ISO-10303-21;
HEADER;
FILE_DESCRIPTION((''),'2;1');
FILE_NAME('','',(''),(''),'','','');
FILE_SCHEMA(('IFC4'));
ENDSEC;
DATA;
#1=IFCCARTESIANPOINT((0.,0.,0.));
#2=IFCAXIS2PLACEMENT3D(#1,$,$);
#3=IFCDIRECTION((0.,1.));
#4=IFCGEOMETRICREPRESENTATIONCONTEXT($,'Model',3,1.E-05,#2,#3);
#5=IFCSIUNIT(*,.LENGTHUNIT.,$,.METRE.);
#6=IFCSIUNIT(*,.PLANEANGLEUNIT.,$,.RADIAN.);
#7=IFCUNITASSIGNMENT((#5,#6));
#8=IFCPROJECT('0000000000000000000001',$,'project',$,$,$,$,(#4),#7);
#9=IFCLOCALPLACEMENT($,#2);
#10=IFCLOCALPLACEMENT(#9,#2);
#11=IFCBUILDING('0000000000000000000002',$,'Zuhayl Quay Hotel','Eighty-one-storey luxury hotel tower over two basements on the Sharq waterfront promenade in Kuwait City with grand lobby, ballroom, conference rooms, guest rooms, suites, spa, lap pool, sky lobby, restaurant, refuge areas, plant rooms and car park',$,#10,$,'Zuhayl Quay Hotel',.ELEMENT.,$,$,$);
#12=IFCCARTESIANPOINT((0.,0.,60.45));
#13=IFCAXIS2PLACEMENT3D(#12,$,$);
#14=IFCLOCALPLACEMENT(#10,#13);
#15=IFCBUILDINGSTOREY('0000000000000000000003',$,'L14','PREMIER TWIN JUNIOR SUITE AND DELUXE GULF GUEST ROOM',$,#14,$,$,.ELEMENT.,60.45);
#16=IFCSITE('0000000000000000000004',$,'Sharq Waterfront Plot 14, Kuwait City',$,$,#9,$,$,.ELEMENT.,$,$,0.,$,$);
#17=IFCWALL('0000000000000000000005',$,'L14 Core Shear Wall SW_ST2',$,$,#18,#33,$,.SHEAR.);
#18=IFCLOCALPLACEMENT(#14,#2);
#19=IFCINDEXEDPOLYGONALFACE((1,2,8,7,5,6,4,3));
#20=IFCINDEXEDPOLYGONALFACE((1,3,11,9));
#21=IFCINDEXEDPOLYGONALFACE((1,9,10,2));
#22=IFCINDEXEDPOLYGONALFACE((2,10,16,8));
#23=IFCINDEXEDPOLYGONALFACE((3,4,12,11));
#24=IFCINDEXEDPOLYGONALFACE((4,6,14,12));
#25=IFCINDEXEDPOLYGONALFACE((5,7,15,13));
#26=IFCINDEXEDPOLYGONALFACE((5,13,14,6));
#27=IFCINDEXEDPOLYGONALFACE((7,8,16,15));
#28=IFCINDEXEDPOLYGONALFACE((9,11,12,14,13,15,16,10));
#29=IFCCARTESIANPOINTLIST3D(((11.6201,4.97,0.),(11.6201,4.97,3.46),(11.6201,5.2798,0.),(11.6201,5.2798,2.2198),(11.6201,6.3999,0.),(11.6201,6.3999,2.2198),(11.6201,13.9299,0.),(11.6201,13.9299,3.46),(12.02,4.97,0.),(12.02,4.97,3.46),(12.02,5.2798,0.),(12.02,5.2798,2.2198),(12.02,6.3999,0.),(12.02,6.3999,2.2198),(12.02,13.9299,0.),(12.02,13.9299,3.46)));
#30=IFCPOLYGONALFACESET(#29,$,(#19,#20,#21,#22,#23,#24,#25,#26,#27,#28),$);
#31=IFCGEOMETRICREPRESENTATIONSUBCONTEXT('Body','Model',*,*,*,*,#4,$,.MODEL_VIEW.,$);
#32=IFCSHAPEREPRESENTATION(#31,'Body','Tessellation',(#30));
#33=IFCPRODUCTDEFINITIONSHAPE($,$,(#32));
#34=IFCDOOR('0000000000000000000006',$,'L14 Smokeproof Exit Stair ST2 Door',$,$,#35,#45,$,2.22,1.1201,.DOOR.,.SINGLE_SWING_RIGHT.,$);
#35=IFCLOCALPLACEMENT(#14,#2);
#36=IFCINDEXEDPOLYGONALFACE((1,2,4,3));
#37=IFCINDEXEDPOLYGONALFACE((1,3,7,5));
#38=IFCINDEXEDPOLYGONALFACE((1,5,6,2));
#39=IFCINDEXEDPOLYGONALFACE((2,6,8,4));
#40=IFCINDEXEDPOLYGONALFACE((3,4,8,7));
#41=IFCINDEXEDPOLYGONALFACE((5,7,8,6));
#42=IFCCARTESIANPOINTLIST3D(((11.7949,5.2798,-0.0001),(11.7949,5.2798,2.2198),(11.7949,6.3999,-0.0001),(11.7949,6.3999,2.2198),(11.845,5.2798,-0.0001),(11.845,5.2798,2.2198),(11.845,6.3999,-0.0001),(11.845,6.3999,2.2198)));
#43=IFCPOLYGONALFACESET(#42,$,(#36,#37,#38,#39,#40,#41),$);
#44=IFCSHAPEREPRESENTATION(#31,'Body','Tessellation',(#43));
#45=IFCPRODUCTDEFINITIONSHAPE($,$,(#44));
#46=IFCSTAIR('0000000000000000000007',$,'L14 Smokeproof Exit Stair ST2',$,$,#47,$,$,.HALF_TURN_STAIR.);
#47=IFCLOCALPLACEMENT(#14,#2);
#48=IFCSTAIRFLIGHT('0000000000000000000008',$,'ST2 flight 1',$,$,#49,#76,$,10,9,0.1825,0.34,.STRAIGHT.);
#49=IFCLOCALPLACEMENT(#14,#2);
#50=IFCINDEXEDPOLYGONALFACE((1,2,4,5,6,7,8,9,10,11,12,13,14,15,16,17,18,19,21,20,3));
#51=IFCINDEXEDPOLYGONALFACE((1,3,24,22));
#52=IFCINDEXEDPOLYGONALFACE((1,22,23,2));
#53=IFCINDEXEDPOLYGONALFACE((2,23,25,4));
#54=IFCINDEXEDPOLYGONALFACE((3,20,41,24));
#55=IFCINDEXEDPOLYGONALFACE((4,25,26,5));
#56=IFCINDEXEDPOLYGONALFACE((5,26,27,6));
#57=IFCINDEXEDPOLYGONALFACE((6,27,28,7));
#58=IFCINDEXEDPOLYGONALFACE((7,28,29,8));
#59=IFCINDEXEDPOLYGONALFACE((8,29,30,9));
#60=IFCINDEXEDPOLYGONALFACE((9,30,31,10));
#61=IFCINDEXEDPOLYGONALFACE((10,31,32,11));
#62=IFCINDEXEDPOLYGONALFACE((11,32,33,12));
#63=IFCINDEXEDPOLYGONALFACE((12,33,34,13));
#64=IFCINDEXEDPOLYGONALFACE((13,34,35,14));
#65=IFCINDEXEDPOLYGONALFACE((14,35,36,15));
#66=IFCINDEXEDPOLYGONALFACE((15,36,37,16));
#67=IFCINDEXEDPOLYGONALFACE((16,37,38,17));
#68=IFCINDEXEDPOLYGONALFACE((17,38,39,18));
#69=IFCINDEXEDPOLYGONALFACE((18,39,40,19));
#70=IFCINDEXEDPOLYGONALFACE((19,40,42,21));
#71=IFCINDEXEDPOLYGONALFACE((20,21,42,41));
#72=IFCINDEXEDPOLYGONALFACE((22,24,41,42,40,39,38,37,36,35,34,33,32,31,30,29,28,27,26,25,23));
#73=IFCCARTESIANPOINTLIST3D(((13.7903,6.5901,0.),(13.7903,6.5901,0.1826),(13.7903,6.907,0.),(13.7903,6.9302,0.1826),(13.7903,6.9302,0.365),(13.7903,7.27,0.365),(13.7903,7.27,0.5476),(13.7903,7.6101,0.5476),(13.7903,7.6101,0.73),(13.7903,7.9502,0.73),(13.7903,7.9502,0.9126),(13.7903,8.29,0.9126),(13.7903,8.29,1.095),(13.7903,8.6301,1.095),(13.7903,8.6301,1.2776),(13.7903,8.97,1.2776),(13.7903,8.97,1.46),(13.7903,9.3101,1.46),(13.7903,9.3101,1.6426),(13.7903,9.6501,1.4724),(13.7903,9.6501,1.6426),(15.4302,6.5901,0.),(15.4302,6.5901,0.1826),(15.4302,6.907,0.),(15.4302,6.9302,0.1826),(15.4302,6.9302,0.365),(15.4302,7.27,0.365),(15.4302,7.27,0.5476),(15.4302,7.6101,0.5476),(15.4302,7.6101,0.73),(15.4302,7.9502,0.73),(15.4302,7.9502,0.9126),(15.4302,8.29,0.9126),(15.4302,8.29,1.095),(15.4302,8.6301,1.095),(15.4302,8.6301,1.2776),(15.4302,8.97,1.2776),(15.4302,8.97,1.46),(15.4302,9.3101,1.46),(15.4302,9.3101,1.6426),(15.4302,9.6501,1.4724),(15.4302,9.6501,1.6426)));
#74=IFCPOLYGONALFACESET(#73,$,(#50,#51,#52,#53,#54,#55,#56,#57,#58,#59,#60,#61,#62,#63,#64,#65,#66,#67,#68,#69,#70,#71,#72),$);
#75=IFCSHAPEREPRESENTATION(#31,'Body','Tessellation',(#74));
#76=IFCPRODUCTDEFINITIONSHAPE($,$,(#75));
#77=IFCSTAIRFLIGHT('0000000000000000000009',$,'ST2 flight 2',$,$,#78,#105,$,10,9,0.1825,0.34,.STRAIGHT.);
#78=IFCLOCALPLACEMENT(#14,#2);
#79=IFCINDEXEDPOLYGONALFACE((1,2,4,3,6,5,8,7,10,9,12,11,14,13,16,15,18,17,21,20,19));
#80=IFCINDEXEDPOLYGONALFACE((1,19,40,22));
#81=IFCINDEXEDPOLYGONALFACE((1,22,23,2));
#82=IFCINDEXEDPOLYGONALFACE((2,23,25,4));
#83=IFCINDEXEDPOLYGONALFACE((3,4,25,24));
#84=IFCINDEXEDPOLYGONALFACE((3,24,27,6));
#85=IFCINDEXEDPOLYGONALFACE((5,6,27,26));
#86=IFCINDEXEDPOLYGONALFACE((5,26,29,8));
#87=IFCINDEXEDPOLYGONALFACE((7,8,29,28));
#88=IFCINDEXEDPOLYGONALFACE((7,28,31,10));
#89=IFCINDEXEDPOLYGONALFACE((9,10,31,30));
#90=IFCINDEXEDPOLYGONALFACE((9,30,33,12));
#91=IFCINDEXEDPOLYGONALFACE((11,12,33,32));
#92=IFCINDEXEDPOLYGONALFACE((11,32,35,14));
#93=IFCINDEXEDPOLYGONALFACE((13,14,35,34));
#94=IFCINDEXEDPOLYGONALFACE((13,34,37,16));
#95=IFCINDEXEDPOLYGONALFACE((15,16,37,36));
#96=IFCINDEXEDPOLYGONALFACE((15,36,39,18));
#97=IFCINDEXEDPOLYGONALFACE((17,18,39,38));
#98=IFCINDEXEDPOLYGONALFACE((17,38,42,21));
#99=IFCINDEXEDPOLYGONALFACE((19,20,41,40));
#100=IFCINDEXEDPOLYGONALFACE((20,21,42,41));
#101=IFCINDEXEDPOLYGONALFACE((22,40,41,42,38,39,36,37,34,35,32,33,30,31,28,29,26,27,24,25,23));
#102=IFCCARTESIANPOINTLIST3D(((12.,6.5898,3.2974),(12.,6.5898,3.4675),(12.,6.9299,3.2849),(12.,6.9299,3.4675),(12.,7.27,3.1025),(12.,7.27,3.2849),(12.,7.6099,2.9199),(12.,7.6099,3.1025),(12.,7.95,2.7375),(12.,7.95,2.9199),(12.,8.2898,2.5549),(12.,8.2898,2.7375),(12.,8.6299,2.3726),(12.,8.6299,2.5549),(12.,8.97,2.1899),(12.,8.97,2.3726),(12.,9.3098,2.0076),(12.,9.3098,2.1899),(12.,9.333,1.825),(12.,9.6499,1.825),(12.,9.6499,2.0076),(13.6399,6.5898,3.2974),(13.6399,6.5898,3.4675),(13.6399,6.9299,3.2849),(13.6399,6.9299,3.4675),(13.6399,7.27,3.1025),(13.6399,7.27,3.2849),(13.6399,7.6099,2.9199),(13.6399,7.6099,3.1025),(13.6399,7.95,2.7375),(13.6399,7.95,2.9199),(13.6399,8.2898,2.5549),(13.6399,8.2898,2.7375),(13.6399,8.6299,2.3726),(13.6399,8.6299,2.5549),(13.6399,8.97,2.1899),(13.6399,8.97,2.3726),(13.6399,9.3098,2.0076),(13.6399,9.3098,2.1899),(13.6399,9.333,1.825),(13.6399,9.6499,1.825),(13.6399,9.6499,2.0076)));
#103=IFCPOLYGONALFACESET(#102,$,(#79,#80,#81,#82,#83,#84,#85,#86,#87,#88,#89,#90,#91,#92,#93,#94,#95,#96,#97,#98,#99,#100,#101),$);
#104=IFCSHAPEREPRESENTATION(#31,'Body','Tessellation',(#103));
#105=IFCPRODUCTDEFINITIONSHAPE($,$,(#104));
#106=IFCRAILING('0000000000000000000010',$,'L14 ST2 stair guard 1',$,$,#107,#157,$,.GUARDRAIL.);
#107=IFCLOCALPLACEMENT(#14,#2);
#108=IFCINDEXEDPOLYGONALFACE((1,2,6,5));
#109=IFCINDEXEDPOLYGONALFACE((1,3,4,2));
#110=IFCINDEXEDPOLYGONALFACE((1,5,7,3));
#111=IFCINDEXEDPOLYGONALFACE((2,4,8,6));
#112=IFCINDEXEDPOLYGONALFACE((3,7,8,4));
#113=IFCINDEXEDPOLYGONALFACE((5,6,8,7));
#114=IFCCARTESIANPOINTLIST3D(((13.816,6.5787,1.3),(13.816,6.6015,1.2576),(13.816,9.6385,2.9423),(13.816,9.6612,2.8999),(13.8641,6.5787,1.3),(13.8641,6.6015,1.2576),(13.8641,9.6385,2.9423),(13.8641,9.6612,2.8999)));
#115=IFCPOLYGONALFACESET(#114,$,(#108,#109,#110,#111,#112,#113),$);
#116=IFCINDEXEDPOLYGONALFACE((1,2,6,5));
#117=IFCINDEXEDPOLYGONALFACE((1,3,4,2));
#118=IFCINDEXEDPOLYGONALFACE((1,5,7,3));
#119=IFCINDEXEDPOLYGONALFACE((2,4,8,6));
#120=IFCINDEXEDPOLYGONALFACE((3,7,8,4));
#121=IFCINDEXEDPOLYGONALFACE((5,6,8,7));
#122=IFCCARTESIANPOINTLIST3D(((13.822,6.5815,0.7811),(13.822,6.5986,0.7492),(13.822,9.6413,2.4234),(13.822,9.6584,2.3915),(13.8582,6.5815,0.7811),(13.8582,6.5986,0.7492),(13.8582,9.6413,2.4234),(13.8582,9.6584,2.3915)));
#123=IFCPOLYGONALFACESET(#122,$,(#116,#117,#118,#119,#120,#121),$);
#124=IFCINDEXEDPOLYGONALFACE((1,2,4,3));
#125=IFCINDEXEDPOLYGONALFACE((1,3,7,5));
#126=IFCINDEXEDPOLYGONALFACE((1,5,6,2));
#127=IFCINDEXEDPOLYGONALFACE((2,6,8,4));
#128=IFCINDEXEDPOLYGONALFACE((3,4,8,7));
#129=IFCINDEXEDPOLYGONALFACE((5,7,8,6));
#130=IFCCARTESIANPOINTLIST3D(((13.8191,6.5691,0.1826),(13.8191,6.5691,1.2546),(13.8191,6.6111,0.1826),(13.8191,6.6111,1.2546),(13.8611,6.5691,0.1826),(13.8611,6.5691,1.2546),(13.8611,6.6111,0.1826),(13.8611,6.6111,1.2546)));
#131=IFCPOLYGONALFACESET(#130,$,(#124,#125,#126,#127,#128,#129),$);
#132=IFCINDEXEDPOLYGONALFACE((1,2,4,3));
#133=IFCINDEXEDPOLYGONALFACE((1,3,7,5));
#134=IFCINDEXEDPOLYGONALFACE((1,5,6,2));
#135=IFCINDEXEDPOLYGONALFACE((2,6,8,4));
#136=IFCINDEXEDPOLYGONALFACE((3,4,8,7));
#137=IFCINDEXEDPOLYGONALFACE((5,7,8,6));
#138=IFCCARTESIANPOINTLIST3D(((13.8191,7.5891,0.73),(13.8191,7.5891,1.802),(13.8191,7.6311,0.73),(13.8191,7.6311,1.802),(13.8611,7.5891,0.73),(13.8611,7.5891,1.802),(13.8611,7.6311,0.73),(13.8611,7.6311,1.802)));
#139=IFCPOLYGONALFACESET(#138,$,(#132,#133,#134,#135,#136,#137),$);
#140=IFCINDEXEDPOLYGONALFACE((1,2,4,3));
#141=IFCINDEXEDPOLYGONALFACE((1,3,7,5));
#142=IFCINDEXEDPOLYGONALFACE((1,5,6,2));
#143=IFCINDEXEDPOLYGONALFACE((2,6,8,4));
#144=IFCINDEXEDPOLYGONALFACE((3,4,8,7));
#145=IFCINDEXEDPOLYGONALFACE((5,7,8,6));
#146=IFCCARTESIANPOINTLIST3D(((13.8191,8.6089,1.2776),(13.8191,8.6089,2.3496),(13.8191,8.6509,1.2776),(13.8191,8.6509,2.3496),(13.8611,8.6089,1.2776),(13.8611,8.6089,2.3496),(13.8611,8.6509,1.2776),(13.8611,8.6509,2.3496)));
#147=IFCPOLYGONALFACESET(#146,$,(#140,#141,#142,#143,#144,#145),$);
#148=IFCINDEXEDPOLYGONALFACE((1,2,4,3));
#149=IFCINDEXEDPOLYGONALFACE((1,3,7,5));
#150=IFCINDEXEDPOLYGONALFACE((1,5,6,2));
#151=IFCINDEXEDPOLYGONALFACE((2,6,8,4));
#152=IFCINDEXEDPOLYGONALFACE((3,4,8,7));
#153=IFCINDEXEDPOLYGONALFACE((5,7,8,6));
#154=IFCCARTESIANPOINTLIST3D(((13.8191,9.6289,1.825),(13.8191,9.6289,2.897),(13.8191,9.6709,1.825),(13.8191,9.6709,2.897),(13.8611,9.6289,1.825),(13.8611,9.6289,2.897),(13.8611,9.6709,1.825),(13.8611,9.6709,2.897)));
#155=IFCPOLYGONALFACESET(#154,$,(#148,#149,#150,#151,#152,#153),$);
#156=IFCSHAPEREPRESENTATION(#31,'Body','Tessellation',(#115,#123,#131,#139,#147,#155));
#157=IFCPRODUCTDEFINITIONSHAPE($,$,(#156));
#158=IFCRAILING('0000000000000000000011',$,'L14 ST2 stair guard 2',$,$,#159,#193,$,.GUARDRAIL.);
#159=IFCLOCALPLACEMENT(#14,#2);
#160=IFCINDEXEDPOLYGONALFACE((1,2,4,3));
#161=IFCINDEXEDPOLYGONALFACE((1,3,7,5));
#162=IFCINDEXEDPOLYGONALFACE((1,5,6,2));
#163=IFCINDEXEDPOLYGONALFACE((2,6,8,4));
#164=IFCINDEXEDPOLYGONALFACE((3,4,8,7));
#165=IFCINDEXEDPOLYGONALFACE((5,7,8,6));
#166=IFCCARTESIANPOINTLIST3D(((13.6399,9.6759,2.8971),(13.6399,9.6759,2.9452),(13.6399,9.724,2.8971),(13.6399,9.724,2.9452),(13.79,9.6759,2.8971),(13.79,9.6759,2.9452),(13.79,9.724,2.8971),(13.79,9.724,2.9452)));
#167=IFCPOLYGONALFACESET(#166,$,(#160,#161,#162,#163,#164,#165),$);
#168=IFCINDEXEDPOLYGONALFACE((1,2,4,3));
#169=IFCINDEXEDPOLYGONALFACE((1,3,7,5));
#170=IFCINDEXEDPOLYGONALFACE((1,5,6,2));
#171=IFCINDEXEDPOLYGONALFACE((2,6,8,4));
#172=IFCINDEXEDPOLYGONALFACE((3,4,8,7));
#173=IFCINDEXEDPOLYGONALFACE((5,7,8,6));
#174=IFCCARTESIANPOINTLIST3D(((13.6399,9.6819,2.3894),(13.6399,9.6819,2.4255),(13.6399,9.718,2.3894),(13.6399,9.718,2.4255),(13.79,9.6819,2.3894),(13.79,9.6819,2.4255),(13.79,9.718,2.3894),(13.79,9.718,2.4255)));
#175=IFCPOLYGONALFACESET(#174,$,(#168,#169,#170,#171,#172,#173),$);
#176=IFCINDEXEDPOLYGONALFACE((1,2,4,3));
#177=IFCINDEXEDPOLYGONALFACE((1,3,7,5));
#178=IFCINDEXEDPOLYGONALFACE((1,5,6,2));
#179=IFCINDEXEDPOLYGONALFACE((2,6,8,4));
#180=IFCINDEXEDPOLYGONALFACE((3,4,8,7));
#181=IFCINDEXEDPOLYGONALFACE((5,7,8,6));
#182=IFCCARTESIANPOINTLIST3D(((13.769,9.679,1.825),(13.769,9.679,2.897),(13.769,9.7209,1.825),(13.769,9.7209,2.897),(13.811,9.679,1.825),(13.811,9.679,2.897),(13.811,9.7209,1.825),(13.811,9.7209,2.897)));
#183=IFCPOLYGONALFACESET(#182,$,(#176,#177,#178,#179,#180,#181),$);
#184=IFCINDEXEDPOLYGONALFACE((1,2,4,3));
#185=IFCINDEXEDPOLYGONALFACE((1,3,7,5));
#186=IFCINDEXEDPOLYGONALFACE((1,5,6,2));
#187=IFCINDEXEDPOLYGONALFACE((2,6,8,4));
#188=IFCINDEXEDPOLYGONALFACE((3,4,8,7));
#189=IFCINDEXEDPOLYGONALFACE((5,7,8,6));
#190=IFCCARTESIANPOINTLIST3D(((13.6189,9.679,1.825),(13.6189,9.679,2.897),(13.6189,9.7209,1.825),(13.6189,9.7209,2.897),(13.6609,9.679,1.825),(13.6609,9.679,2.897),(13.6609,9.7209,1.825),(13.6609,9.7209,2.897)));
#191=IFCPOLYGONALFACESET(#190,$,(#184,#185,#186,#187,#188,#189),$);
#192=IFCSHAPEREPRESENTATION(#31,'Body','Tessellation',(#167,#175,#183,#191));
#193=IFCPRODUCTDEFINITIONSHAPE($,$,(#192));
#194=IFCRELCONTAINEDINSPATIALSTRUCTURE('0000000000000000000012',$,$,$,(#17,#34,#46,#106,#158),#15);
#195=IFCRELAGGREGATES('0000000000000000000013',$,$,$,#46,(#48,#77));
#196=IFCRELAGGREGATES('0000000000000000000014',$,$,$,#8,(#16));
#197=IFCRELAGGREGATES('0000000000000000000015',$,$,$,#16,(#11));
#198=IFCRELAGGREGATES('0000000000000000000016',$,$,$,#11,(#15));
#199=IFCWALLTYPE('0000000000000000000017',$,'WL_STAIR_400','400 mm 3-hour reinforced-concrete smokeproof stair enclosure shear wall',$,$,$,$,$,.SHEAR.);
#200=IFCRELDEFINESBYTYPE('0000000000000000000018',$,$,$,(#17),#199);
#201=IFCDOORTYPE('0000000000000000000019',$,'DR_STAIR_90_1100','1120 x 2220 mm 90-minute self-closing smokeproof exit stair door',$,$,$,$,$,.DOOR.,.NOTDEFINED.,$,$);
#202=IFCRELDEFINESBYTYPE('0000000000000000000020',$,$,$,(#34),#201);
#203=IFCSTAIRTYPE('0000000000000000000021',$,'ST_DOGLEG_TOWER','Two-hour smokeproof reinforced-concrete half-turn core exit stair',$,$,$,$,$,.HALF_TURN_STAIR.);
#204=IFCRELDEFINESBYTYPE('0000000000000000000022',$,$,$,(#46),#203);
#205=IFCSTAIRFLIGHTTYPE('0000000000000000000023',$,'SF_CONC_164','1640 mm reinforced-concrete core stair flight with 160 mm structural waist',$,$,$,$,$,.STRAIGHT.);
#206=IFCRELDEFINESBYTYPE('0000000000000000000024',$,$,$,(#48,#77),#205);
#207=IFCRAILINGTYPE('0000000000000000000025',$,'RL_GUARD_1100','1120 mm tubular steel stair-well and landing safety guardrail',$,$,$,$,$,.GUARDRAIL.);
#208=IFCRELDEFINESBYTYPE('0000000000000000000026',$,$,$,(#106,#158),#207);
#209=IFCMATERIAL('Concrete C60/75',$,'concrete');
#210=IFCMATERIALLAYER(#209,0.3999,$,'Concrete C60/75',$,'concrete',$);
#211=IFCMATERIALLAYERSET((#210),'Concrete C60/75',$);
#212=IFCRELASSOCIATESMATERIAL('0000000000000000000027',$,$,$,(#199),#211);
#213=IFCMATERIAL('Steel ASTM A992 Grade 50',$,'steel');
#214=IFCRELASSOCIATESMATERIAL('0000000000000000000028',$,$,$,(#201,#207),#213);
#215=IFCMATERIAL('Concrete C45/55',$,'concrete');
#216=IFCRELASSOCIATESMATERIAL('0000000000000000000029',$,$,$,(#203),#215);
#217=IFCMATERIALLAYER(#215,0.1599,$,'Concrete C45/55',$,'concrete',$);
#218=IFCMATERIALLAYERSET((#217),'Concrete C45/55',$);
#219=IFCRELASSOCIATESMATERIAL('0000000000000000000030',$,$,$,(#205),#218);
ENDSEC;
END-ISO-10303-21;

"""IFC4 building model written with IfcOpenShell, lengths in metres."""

from ifc_helpers import new_model, si_unit, direction, frame, frame_2d, origin, origin_2d, place, context, subcontext, project, spatial, polyline, rectangle, outline, extrude, material, layer, layer_set, type_object, element, fill, aggregate, save


model = new_model("IFC4")

# Units and contexts
model_context = context("Model", 3, precision=1e-05, world=origin(), true_north=direction((0.0, 1.0)))
body_context = subcontext(model_context, "Body", "Model", "MODEL_VIEW")
ifc_project = project(units=[si_unit("LENGTHUNIT", "METRE"), si_unit("PLANEANGLEUNIT", "RADIAN")], contexts=[model_context])

# Site, building, storey
site_placement = place(None, origin())
site = spatial("IfcSite", under=ifc_project, at=site_placement, Name="Sharq Waterfront Plot 14, Kuwait City", CompositionType="ELEMENT", RefElevation=0.0)
building_placement = place(site_placement, origin())
building = spatial("IfcBuilding", under=site, at=building_placement, Name="Zuhayl Quay Hotel", Description="Eighty-one-storey luxury hotel tower over two basements on the Sharq waterfront promenade in Kuwait City with grand lobby, ballroom, conference rooms, guest rooms, suites, spa, lap pool, sky lobby, restaurant, refuge areas, plant rooms and car park", LongName="Zuhayl Quay Hotel", CompositionType="ELEMENT")
storey_placement = place(building_placement, frame((0.0, 0.0, 60.45)))
storey = spatial("IfcBuildingStorey", under=building, at=storey_placement, Name="L14", Description="PREMIER TWIN JUNIOR SUITE AND DELUXE GULF GUEST ROOM", CompositionType="ELEMENT", Elevation=60.45)

# Shared definitions
ifc_material_1 = material(Name="Steel ASTM A992 Grade 50", Category="steel")

# Wall, opening, door
ifc_material_2 = material(Name="Concrete C60/75", Category="concrete")
ifc_layer_1 = layer(ifc_material_2, 0.3999, Name="Concrete C60/75", Category="concrete")
ifc_layer_set_1 = layer_set([ifc_layer_1], Name="Concrete C60/75")
wall_type_1 = type_object("IfcWallType", Name="WL_STAIR_400", Description="400 mm 3-hour reinforced-concrete smokeproof stair enclosure shear wall", PredefinedType="SHEAR", material=ifc_layer_set_1)
wall_1_placement = place(storey_placement, frame((11.8201, 13.9299, 0.0), z_axis=(0.0, 0.0, 1.0), x_axis=(0.0, -1.0, 0.0)))
wall_1 = element("IfcWall", 1, at=wall_1_placement, inside=storey, type_object=wall_type_1, Name="L14 Core Shear Wall SW_ST2", PredefinedType="SHEAR", context=body_context, shape_type="SweptSolid", body=[
    extrude(rectangle(XDim=8.96, YDim=0.3999, at=frame_2d((4.48, 0.0))), origin(), (0.0, 0.0, 1.0), 3.46),
])
opening_1_placement = place(wall_1_placement, frame((7.53, 0.0, 0.0)))
opening_1 = element("IfcOpeningElement", 2, at=opening_1_placement, cuts=wall_1, PredefinedType="OPENING", context=body_context, shape_type="SweptSolid", body=[
    extrude(rectangle(XDim=1.1201, YDim=2.22, at=frame_2d((0.5601, 1.1099))), frame((0.0, 0.21, 0.0), z_axis=(0.0, -1.0, 0.0), x_axis=(1.0, 0.0, 0.0)), (0.0, 0.0, 1.0), 0.4199),
])
door_type_1 = type_object("IfcDoorType", Name="DR_STAIR_90_1100", Description="1120 x 2220 mm 90-minute self-closing smokeproof exit stair door", OperationType="NOTDEFINED", PredefinedType="DOOR", material=ifc_material_1)
door_1_placement = place(opening_1_placement, origin())
door_1 = element("IfcDoor", 3, at=door_1_placement, inside=storey, type_object=door_type_1, Name="L14 Smokeproof Exit Stair ST2 Door", OperationType="SINGLE_SWING_RIGHT", OverallHeight=2.22, OverallWidth=1.1201, PredefinedType="DOOR", context=body_context, shape_type="SweptSolid", body=[
    extrude(rectangle(XDim=1.1201, YDim=2.22, at=frame_2d((0.5601, 1.1099))), frame((0.0, 0.0249, 0.0), z_axis=(0.0, -1.0, 0.0), x_axis=(1.0, 0.0, 0.0)), (0.0, 0.0, 1.0), 0.05),
])
fill(opening_1, door_1)

# Stair, stair flights
ifc_material_3 = material(Name="Concrete C45/55", Category="concrete")
stair_type = type_object("IfcStairType", Name="ST_DOGLEG_TOWER", Description="Two-hour smokeproof reinforced-concrete half-turn core exit stair", PredefinedType="HALF_TURN_STAIR", material=ifc_material_3)
stair_placement = place(storey_placement, origin())
stair = element("IfcStair", 4, at=stair_placement, inside=storey, type_object=stair_type, Name="L14 Smokeproof Exit Stair ST2", PredefinedType="HALF_TURN_STAIR")
ifc_layer_2 = layer(ifc_material_3, 0.1599, Name="Concrete C45/55", Category="concrete")
ifc_layer_set_2 = layer_set([ifc_layer_2], Name="Concrete C45/55")
stair_flight_type = type_object("IfcStairFlightType", Name="SF_CONC_164", Description="1640 mm reinforced-concrete core stair flight with 160 mm structural waist", PredefinedType="STRAIGHT", material=ifc_layer_set_2)
stair_flight_1_placement = place(storey_placement, frame((14.6101, 6.5901, 0.0), z_axis=(0.0, 0.0, 1.0), x_axis=(0.0, 1.0, 0.0)))
stair_flight_1 = element("IfcStairFlight", 5, at=stair_flight_1_placement, type_object=stair_flight_type, Name="ST2 flight 1", NumberOfRisers=10, NumberOfTreads=9, PredefinedType="STRAIGHT", RiserHeight=0.1825, TreadLength=0.34, context=body_context, shape_type="SweptSolid", body=[
    extrude(outline(polyline([(0.0, 0.0), (0.0, 0.1826), (0.3401, 0.1826), (0.3401, 0.365), (0.6799, 0.365), (0.6799, 0.5476), (1.02, 0.5476), (1.02, 0.73), (1.3601, 0.73), (1.3601, 0.9126), (1.7, 0.9126), (1.7, 1.095), (2.04, 1.095), (2.04, 1.2776), (2.3799, 1.2776), (2.3799, 1.46), (2.72, 1.46), (2.72, 1.6426), (3.0601, 1.6426), (3.0601, 1.825), (3.0601, 1.4724), (0.3169, 0.0), (0.0, 0.0)])), frame((0.0, 0.8198, 0.0), z_axis=(0.0, -1.0, 0.0), x_axis=(1.0, 0.0, 0.0)), (0.0, 0.0, 1.0), 1.6399),
])
stair_flight_2_placement = place(storey_placement, frame((12.8201, 9.6499, 1.825), z_axis=(0.0, 0.0, 1.0), x_axis=(0.0, -1.0, 0.0)))
stair_flight_2 = element("IfcStairFlight", 6, at=stair_flight_2_placement, type_object=stair_flight_type, Name="ST2 flight 2", NumberOfRisers=10, NumberOfTreads=9, PredefinedType="STRAIGHT", RiserHeight=0.1825, TreadLength=0.34, context=body_context, shape_type="SweptSolid", body=[
    extrude(outline(polyline([(0.0, 0.0), (0.0, 0.1826), (0.3401, 0.1826), (0.3401, 0.365), (0.6799, 0.365), (0.6799, 0.5476), (1.02, 0.5476), (1.02, 0.73), (1.3601, 0.73), (1.3601, 0.9126), (1.7, 0.9126), (1.7, 1.095), (2.04, 1.095), (2.04, 1.2776), (2.3799, 1.2776), (2.3799, 1.46), (2.72, 1.46), (2.72, 1.6426), (3.0601, 1.6426), (3.0601, 1.825), (3.0601, 1.4724), (0.3169, 0.0), (0.0, 0.0)])), frame((0.0, 0.8198, 0.0), z_axis=(0.0, -1.0, 0.0), x_axis=(1.0, 0.0, 0.0)), (0.0, 0.0, 1.0), 1.6399),
])
aggregate(stair, [stair_flight_1, stair_flight_2])

# Railings
railing_type_1 = type_object("IfcRailingType", Name="RL_GUARD_1100", Description="1120 mm tubular steel stair-well and landing safety guardrail", PredefinedType="GUARDRAIL", material=ifc_material_1)
railing_1_placement = place(storey_placement, frame((13.8401, 6.5901, 0.1826)))
element("IfcRailing", 7, at=railing_1_placement, inside=storey, type_object=railing_type_1, Name="L14 ST2 stair guard 1", PredefinedType="GUARDRAIL", context=body_context, shape_type="SweptSolid", body=[
    extrude(rectangle(XDim=0.0481, YDim=0.0481, at=origin_2d()), frame((0.0, 0.0, 1.0962), z_axis=(0.0, 0.881102, 0.472926), x_axis=(-1.0, 0.0, 0.0)), (0.0, 0.0, 1.0), 3.4727),
    extrude(rectangle(XDim=0.0361, YDim=0.0361, at=origin_2d()), frame((0.0, 0.0, 0.5825), z_axis=(0.0, 0.881102, 0.472926), x_axis=(-1.0, 0.0, 0.0)), (0.0, 0.0, 1.0), 3.4727),
    extrude(rectangle(XDim=0.042, YDim=0.042, at=origin_2d()), origin(), (0.0, 0.0, 1.0), 1.072),
    extrude(rectangle(XDim=0.042, YDim=0.042, at=origin_2d()), frame((0.0, 1.02, 0.5474)), (0.0, 0.0, 1.0), 1.072),
    extrude(rectangle(XDim=0.042, YDim=0.042, at=origin_2d()), frame((0.0, 2.0398, 1.095)), (0.0, 0.0, 1.0), 1.072),
    extrude(rectangle(XDim=0.042, YDim=0.042, at=origin_2d()), frame((0.0, 3.0598, 1.6423)), (0.0, 0.0, 1.0), 1.072),
])
railing_2_placement = place(storey_placement, frame((13.79, 9.7, 1.825)))
element("IfcRailing", 8, at=railing_2_placement, inside=storey, type_object=railing_type_1, Name="L14 ST2 stair guard 2", PredefinedType="GUARDRAIL", context=body_context, shape_type="SweptSolid", body=[
    extrude(rectangle(XDim=0.0481, YDim=0.0481, at=origin_2d()), frame((0.0, 0.0, 1.0962), z_axis=(-1.0, 0.0, 0.0), x_axis=(0.0, -1.0, 0.0)), (0.0, 0.0, 1.0), 0.1501),
    extrude(rectangle(XDim=0.0361, YDim=0.0361, at=origin_2d()), frame((0.0, 0.0, 0.5825), z_axis=(-1.0, 0.0, 0.0), x_axis=(0.0, -1.0, 0.0)), (0.0, 0.0, 1.0), 0.1501),
    extrude(rectangle(XDim=0.042, YDim=0.042, at=origin_2d()), origin(), (0.0, 0.0, 1.0), 1.072),
    extrude(rectangle(XDim=0.042, YDim=0.042, at=origin_2d()), frame((-0.1501, 0.0, 0.0)), (0.0, 0.0, 1.0), 1.072),
])

save(model, "model.ifc")
